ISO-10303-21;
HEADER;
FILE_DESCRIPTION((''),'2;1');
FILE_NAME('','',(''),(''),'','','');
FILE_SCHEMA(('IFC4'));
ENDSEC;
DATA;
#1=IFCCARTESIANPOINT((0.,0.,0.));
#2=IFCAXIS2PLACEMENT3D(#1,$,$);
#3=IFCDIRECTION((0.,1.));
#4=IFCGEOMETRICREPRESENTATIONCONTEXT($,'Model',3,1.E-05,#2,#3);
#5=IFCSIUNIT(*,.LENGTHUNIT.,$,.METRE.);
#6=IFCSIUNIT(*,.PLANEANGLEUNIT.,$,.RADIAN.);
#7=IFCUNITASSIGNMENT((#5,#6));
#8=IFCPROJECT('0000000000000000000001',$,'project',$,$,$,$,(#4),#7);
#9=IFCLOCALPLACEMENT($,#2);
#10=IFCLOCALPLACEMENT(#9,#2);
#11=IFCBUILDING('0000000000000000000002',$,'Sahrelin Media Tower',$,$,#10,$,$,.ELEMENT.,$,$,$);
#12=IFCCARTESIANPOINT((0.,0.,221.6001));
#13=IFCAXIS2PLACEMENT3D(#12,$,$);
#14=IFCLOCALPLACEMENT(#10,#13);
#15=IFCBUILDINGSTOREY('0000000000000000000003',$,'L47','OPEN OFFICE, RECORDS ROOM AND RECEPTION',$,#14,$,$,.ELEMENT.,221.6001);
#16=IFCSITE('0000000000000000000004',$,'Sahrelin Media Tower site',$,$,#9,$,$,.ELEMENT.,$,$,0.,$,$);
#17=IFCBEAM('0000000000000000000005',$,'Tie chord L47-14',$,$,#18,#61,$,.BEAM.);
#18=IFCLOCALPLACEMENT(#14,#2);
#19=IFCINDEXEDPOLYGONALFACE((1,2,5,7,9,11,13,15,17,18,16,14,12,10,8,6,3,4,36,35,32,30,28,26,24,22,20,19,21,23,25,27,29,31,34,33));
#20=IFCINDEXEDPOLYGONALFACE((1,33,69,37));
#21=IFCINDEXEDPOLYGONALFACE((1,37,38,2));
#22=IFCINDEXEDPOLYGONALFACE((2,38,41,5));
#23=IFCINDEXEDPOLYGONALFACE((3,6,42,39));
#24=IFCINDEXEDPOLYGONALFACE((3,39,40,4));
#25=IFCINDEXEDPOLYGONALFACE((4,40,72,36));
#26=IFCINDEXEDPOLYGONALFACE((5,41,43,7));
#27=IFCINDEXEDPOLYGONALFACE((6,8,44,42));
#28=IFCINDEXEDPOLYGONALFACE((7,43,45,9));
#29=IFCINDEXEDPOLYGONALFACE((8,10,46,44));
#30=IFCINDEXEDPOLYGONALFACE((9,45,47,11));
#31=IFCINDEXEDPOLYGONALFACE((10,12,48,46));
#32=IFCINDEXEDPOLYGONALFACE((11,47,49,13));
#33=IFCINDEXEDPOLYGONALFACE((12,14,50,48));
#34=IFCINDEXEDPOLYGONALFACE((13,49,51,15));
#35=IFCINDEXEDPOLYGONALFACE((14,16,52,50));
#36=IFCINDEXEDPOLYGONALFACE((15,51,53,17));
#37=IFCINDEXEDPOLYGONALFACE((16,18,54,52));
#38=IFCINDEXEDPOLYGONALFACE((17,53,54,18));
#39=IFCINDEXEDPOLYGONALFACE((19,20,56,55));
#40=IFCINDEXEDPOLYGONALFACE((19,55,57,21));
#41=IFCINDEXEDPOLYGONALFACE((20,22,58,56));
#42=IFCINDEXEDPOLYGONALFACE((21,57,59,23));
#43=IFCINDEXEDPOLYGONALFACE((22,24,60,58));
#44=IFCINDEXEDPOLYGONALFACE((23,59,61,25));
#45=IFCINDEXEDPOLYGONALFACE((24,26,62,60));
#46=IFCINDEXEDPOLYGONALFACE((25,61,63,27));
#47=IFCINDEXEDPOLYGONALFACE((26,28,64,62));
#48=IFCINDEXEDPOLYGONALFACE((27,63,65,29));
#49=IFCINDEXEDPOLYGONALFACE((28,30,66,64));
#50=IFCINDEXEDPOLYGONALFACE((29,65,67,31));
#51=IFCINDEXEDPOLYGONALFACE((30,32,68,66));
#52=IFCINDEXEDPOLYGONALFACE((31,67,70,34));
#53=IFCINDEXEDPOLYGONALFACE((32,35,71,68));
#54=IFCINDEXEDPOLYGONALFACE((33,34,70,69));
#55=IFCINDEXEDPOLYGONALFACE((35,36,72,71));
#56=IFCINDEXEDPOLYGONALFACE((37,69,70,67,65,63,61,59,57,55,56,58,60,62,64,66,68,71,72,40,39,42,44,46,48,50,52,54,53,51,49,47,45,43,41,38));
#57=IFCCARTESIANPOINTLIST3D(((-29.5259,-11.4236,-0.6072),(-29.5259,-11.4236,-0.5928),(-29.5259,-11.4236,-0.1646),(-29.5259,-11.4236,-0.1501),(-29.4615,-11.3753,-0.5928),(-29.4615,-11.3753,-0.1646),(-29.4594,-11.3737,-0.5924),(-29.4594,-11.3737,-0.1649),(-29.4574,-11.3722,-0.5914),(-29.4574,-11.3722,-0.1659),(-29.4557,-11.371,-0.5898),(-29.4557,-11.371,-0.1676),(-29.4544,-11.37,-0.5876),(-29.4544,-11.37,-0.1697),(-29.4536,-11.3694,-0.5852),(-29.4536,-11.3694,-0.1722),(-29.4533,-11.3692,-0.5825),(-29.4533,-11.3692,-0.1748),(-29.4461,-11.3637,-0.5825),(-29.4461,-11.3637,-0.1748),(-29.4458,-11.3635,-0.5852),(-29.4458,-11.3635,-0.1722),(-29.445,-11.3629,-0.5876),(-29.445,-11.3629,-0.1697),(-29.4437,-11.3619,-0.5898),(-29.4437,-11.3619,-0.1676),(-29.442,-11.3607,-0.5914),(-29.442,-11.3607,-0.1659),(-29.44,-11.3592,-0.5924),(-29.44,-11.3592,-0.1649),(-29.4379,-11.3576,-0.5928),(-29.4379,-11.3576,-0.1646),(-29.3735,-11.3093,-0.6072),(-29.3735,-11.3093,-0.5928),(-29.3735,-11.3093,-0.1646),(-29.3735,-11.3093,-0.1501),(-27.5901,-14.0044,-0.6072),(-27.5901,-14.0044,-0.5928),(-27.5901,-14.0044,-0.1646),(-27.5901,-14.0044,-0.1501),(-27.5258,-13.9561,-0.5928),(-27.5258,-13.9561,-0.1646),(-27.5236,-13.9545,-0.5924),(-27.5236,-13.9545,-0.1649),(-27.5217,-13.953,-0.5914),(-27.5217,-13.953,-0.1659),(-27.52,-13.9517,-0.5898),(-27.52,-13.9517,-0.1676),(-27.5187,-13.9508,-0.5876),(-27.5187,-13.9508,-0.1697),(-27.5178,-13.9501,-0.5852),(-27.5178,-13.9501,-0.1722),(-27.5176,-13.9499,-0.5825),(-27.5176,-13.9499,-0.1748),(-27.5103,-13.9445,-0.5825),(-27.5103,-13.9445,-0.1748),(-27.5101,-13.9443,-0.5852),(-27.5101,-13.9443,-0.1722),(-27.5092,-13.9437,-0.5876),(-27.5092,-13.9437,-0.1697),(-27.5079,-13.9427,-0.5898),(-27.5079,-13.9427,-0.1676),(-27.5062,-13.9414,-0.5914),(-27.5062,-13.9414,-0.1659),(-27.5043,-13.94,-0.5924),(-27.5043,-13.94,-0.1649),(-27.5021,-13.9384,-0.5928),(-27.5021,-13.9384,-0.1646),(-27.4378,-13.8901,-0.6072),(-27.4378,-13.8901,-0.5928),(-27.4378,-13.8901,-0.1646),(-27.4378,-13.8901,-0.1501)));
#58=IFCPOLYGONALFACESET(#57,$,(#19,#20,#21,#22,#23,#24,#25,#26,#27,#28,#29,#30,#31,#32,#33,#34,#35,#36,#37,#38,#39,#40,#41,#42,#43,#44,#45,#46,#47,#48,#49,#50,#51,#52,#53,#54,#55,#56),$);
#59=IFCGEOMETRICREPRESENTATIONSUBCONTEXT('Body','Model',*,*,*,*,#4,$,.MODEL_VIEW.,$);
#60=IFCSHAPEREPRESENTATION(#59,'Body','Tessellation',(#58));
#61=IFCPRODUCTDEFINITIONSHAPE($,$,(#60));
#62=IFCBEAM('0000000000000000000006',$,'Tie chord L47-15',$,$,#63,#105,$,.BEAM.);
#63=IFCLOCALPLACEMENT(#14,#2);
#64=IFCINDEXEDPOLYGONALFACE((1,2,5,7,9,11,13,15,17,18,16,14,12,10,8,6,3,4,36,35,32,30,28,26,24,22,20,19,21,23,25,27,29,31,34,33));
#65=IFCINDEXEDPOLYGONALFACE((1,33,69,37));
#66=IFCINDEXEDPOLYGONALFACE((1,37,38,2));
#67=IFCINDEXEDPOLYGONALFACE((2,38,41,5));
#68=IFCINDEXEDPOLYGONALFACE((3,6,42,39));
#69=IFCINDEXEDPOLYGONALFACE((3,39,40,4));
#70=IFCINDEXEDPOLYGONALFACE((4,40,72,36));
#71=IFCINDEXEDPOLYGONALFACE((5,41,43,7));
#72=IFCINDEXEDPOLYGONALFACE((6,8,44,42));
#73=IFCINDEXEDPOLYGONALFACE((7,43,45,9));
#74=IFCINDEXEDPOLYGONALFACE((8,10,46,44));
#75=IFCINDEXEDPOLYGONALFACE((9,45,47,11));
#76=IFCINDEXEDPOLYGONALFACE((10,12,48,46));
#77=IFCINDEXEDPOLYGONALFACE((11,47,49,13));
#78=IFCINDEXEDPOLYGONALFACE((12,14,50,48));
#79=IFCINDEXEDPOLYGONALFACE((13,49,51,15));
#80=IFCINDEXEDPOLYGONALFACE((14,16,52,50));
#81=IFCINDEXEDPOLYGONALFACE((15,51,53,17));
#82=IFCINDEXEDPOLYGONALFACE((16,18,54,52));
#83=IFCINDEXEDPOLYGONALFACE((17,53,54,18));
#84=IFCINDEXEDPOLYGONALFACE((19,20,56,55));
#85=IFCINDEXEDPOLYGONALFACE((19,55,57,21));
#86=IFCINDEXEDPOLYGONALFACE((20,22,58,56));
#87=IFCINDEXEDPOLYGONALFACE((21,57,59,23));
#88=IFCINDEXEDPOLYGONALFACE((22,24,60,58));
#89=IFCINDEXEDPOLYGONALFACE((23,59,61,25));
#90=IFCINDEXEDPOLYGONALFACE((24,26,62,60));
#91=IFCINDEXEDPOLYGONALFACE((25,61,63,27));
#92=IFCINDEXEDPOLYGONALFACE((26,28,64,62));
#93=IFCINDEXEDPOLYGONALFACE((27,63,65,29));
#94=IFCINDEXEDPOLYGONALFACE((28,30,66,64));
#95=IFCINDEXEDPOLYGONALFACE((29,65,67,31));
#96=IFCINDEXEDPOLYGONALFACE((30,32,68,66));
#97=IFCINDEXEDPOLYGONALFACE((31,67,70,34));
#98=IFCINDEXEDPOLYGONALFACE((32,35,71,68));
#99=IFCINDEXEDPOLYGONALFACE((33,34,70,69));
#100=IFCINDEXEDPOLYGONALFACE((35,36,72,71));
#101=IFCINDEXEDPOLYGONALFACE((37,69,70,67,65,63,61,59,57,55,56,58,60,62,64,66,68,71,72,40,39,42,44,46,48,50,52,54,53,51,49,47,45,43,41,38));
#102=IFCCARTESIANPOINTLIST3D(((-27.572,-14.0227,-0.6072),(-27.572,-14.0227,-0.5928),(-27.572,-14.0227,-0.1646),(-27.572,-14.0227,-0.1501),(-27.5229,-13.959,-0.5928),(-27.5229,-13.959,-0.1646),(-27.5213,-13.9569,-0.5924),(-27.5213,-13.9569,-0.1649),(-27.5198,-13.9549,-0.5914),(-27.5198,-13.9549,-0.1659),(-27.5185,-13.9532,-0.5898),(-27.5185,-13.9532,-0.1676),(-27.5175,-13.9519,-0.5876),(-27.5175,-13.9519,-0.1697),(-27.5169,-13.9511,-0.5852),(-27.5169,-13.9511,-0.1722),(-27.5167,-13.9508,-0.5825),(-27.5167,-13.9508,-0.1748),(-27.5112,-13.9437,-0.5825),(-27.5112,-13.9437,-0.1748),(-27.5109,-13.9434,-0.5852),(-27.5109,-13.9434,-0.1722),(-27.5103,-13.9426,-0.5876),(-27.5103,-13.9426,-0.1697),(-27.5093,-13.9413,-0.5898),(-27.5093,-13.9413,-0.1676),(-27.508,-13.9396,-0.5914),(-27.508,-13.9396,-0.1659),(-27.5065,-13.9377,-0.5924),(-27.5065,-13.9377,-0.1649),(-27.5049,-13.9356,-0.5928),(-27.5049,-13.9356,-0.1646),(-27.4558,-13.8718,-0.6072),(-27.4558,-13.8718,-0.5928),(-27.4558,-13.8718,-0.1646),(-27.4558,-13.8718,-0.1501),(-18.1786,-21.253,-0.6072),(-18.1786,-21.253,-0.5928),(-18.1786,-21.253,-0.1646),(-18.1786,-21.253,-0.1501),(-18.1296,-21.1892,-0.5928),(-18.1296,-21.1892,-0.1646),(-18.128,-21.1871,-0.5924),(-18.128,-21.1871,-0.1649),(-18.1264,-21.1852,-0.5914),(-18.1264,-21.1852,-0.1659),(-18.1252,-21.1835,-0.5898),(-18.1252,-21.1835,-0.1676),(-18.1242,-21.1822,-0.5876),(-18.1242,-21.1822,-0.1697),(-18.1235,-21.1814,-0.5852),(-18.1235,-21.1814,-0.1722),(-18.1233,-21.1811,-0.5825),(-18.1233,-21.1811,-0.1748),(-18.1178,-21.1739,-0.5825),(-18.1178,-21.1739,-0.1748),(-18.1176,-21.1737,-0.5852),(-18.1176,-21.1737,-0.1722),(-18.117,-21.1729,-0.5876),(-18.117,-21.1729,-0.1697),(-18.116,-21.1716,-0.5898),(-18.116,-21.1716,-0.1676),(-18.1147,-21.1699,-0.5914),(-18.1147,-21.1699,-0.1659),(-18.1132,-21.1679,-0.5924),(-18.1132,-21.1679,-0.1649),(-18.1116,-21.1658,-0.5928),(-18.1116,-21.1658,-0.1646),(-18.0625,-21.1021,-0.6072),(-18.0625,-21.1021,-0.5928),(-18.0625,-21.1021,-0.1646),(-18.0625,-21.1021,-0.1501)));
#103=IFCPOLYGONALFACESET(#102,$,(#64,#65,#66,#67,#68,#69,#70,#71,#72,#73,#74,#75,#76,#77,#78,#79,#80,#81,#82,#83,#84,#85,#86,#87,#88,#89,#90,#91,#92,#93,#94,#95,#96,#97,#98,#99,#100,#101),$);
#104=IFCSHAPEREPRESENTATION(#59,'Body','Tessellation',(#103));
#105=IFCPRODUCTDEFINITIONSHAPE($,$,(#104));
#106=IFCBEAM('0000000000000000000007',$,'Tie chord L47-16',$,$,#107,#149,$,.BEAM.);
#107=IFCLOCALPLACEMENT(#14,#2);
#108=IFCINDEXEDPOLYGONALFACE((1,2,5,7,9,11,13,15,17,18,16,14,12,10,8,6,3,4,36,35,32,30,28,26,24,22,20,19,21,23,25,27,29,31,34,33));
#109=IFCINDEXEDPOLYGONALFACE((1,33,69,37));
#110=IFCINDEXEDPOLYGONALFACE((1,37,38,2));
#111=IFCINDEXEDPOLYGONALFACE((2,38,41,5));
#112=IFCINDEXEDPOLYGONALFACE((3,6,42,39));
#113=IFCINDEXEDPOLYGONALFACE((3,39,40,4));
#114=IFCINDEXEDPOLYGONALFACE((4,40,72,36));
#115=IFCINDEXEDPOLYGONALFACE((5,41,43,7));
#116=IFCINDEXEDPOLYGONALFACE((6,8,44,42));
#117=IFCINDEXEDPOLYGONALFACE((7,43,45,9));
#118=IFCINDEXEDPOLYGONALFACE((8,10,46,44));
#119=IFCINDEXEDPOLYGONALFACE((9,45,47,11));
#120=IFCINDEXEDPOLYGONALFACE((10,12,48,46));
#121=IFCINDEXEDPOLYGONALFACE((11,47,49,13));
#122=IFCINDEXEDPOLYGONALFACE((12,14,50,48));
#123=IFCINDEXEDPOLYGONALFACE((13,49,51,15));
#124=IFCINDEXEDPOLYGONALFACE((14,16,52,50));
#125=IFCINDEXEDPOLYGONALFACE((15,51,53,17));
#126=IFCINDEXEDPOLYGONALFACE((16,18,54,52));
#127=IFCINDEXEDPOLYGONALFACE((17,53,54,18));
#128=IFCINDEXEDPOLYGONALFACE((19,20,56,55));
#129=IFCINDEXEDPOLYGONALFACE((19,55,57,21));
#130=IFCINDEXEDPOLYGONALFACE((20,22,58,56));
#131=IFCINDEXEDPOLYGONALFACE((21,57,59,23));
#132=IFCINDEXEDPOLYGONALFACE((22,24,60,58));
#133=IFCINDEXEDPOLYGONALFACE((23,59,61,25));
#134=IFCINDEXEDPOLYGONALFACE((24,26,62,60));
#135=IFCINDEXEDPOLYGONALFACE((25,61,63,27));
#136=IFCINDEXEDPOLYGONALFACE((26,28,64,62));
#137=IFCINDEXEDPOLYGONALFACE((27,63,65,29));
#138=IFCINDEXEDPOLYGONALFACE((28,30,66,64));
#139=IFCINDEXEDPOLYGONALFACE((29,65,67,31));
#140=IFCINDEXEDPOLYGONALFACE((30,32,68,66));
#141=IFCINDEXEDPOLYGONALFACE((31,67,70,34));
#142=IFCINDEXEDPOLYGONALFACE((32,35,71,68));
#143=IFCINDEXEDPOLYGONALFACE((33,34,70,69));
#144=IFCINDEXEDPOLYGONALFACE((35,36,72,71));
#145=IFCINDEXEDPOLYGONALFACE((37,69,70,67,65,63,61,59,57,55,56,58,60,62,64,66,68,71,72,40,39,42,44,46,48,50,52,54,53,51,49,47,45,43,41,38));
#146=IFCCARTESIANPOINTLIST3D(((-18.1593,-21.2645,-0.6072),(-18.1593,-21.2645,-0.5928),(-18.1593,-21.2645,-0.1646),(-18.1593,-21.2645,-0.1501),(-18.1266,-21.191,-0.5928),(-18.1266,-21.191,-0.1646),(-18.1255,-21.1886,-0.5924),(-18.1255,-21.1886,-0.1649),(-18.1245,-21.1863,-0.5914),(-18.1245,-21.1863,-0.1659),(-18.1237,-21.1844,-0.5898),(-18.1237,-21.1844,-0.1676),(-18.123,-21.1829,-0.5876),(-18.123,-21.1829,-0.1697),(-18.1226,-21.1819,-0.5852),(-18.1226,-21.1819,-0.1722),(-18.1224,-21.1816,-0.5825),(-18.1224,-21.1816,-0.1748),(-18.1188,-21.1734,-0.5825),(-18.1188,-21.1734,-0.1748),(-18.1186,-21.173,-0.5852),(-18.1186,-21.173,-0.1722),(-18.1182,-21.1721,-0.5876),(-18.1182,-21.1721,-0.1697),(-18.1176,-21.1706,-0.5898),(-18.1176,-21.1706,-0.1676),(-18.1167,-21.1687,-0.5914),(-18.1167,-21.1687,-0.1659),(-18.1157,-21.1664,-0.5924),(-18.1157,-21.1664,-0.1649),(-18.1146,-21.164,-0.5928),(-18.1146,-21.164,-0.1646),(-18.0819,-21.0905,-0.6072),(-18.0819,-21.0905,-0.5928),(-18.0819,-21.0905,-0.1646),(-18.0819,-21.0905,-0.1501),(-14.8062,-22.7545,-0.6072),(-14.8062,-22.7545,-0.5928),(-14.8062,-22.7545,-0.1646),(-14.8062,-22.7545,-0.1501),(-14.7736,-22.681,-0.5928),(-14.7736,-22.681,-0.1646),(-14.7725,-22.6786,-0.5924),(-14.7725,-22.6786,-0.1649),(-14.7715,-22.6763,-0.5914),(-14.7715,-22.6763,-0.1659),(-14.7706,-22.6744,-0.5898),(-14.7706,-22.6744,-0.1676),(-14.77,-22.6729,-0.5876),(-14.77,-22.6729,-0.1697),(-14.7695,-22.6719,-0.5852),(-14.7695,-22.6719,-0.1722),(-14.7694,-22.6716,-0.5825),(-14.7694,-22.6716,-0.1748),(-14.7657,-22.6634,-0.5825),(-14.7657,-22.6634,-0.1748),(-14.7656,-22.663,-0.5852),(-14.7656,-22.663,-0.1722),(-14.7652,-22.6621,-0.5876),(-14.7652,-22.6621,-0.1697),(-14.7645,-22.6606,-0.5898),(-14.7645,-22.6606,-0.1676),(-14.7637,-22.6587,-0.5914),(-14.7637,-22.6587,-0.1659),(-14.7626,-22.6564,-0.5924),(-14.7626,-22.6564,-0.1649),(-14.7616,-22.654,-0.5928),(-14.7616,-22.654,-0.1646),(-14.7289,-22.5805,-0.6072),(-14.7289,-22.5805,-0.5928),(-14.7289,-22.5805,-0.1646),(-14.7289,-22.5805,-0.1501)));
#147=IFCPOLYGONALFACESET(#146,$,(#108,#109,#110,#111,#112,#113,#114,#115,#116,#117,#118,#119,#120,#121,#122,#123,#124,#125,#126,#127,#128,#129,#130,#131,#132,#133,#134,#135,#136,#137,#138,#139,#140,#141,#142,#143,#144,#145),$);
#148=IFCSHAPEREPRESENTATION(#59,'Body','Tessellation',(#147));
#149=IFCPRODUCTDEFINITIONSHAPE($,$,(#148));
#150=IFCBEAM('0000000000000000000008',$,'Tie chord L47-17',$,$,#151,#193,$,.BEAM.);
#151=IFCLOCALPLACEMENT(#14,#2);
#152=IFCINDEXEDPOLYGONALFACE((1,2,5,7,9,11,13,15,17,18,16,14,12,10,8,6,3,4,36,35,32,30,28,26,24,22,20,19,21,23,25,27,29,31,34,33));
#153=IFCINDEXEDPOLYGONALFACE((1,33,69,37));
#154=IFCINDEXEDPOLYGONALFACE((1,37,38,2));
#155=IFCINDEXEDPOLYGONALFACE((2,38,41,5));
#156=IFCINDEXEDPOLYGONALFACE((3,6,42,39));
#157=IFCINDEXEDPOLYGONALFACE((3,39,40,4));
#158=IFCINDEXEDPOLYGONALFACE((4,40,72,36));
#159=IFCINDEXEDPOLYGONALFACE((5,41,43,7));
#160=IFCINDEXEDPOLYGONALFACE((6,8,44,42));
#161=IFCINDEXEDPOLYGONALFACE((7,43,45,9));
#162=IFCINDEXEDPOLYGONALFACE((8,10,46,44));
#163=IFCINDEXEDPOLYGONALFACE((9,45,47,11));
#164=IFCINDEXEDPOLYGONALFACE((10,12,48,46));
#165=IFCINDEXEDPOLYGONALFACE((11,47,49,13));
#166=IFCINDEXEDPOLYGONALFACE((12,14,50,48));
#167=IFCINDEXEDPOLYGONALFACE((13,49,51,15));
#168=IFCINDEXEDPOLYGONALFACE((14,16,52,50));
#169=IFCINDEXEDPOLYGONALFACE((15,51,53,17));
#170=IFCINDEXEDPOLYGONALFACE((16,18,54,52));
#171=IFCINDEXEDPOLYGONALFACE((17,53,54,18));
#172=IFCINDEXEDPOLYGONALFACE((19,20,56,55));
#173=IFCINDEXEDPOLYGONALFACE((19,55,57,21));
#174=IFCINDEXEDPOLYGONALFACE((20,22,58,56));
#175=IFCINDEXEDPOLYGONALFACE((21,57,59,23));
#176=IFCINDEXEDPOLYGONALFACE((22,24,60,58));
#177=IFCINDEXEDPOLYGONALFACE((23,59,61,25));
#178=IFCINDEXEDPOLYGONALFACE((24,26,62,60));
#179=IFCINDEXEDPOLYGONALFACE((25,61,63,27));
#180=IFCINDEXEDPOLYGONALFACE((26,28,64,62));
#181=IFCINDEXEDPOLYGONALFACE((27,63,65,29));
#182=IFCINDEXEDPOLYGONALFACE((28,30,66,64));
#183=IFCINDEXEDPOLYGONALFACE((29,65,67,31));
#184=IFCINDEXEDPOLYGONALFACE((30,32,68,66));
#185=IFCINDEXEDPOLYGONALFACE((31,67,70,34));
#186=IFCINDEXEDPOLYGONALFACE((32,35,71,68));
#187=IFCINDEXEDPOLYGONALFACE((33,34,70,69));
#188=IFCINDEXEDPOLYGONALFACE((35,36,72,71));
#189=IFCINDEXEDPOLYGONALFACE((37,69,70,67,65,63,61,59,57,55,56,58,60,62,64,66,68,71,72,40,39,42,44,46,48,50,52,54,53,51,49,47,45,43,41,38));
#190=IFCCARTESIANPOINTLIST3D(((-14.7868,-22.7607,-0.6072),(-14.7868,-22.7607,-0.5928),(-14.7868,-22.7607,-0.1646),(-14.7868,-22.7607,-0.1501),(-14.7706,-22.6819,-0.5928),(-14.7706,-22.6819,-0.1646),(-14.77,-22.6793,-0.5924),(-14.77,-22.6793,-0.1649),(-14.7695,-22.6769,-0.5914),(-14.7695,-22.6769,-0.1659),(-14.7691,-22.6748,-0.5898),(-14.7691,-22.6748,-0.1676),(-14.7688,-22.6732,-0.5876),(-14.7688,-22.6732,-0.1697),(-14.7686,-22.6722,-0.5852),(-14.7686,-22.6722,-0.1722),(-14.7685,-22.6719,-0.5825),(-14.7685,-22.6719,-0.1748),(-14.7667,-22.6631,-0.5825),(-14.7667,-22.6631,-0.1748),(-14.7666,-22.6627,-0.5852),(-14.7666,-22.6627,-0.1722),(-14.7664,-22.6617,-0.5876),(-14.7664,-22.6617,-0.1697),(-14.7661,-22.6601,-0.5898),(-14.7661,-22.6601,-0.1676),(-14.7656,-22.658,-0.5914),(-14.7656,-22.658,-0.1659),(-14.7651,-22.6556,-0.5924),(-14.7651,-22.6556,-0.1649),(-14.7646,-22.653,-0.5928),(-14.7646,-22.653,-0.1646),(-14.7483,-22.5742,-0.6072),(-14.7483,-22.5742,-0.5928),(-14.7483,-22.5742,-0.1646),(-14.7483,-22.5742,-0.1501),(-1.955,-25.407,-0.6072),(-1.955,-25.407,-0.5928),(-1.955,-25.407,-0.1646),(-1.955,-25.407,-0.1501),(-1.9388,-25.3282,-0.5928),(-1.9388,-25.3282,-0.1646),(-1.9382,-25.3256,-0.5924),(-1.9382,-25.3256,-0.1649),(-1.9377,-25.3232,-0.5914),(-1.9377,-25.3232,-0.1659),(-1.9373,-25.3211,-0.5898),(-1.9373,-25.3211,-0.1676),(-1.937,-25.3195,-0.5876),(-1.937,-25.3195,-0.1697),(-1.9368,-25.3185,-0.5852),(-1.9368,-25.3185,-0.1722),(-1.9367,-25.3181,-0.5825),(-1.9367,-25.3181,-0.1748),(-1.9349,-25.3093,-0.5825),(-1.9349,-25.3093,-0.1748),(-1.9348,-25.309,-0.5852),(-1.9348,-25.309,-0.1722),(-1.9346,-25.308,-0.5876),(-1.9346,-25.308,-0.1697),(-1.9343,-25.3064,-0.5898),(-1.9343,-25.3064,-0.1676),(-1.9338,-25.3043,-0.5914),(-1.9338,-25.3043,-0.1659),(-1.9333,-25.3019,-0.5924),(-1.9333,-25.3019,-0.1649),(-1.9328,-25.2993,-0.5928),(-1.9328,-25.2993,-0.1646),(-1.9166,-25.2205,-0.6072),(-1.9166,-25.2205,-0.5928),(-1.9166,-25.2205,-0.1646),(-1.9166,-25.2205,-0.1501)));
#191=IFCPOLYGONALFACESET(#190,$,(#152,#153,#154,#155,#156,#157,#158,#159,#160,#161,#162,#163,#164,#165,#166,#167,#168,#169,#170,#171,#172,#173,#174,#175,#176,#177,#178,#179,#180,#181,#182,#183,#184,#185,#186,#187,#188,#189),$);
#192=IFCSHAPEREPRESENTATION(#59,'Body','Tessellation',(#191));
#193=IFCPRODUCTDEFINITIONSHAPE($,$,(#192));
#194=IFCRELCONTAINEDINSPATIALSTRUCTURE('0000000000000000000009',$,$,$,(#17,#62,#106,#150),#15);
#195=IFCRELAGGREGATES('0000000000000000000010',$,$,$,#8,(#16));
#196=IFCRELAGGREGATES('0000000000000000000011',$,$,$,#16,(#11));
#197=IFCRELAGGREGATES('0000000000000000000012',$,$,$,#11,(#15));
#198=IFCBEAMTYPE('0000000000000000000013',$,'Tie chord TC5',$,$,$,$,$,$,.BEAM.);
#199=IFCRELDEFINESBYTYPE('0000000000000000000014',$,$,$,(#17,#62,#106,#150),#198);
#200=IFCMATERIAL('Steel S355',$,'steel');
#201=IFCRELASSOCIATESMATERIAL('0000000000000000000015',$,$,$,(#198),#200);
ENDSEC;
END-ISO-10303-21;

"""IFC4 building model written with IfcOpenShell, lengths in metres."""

from ifc_helpers import new_model, si_unit, direction, frame, origin, origin_2d, place, context, subcontext, project, spatial, i_section, extrude, material, material_profile, profile_set, type_object, element, save


model = new_model("IFC4")

# Units and contexts
model_context = context("Model", 3, precision=1e-05, world=origin(), true_north=direction((0.0, 1.0)))
body_context = subcontext(model_context, "Body", "Model", "MODEL_VIEW")
ifc_project = project(units=[si_unit("LENGTHUNIT", "METRE"), si_unit("PLANEANGLEUNIT", "RADIAN")], contexts=[model_context])

# Site, building, storey
site_placement = place(None, origin())
site = spatial("IfcSite", under=ifc_project, at=site_placement, Name="Sahrelin Media Tower site", CompositionType="ELEMENT", RefElevation=0.0)
building_placement = place(site_placement, origin())
building = spatial("IfcBuilding", under=site, at=building_placement, Name="Sahrelin Media Tower", CompositionType="ELEMENT")
storey_placement = place(building_placement, frame((0.0, 0.0, 221.6001)))
storey = spatial("IfcBuildingStorey", under=building, at=storey_placement, Name="L47", Description="OPEN OFFICE, RECORDS ROOM AND RECEPTION", CompositionType="ELEMENT", Elevation=221.6001)

# Shared definitions
ifc_material_1 = material(Name="Steel S355", Category="steel")

# Beams
ifc_material_profile_1 = material_profile(ifc_material_1, i_section(OverallWidth=0.1904, OverallDepth=0.457, WebThickness=0.009, FlangeThickness=0.0144, FilletRadius=0.0103, at=origin_2d()), Name="UB 457x191x74")
ifc_profile_set_1 = profile_set([ifc_material_profile_1], Name="Steel S355")
beam_type_1 = type_object("IfcBeamType", Name="Tie chord TC5", PredefinedType="BEAM", material=ifc_profile_set_1)
beam_1_placement = place(storey_placement, frame((-29.4497, -11.3665, -0.3787), z_axis=(0.600036, -0.799973, 0.0), x_axis=(0.799973, 0.600036, 0.0)))
element("IfcBeam", 1, at=beam_1_placement, inside=storey, type_object=beam_type_1, Name="Tie chord L47-14", PredefinedType="BEAM", context=body_context, shape_type="SweptSolid", body=[
    extrude(i_section(OverallWidth=0.1904, OverallDepth=0.457, WebThickness=0.009, FlangeThickness=0.0144, FilletRadius=0.0103, at=origin_2d()), origin(), (0.0, 0.0, 1.0), 3.2261),
])
beam_2_placement = place(storey_placement, frame((-27.5139, -13.9473, -0.3787), z_axis=(0.792436, -0.609955, 0.0), x_axis=(0.609955, 0.792436, 0.0)))
element("IfcBeam", 2, at=beam_2_placement, inside=storey, type_object=beam_type_1, Name="Tie chord L47-15", PredefinedType="BEAM", context=body_context, shape_type="SweptSolid", body=[
    extrude(i_section(OverallWidth=0.1904, OverallDepth=0.457, WebThickness=0.009, FlangeThickness=0.0144, FilletRadius=0.0103, at=origin_2d()), origin(), (0.0, 0.0, 1.0), 11.8538),
])
beam_3_placement = place(storey_placement, frame((-18.1206, -21.1775, -0.3787), z_axis=(0.913836, -0.406083, 0.0), x_axis=(0.406083, 0.913836, 0.0)))
element("IfcBeam", 3, at=beam_3_placement, inside=storey, type_object=beam_type_1, Name="Tie chord L47-16", PredefinedType="BEAM", context=body_context, shape_type="SweptSolid", body=[
    extrude(i_section(OverallWidth=0.1904, OverallDepth=0.457, WebThickness=0.009, FlangeThickness=0.0144, FilletRadius=0.0103, at=origin_2d()), origin(), (0.0, 0.0, 1.0), 3.6692),
])
beam_4_placement = place(storey_placement, frame((-14.7676, -22.6675, -0.3787), z_axis=(0.979391, -0.201975, 0.0), x_axis=(0.201975, 0.979391, 0.0)))
element("IfcBeam", 4, at=beam_4_placement, inside=storey, type_object=beam_type_1, Name="Tie chord L47-17", PredefinedType="BEAM", context=body_context, shape_type="SweptSolid", body=[
    extrude(i_section(OverallWidth=0.1904, OverallDepth=0.457, WebThickness=0.009, FlangeThickness=0.0144, FilletRadius=0.0103, at=origin_2d()), origin(), (0.0, 0.0, 1.0), 13.1018),
])

save(model, "model.ifc")
